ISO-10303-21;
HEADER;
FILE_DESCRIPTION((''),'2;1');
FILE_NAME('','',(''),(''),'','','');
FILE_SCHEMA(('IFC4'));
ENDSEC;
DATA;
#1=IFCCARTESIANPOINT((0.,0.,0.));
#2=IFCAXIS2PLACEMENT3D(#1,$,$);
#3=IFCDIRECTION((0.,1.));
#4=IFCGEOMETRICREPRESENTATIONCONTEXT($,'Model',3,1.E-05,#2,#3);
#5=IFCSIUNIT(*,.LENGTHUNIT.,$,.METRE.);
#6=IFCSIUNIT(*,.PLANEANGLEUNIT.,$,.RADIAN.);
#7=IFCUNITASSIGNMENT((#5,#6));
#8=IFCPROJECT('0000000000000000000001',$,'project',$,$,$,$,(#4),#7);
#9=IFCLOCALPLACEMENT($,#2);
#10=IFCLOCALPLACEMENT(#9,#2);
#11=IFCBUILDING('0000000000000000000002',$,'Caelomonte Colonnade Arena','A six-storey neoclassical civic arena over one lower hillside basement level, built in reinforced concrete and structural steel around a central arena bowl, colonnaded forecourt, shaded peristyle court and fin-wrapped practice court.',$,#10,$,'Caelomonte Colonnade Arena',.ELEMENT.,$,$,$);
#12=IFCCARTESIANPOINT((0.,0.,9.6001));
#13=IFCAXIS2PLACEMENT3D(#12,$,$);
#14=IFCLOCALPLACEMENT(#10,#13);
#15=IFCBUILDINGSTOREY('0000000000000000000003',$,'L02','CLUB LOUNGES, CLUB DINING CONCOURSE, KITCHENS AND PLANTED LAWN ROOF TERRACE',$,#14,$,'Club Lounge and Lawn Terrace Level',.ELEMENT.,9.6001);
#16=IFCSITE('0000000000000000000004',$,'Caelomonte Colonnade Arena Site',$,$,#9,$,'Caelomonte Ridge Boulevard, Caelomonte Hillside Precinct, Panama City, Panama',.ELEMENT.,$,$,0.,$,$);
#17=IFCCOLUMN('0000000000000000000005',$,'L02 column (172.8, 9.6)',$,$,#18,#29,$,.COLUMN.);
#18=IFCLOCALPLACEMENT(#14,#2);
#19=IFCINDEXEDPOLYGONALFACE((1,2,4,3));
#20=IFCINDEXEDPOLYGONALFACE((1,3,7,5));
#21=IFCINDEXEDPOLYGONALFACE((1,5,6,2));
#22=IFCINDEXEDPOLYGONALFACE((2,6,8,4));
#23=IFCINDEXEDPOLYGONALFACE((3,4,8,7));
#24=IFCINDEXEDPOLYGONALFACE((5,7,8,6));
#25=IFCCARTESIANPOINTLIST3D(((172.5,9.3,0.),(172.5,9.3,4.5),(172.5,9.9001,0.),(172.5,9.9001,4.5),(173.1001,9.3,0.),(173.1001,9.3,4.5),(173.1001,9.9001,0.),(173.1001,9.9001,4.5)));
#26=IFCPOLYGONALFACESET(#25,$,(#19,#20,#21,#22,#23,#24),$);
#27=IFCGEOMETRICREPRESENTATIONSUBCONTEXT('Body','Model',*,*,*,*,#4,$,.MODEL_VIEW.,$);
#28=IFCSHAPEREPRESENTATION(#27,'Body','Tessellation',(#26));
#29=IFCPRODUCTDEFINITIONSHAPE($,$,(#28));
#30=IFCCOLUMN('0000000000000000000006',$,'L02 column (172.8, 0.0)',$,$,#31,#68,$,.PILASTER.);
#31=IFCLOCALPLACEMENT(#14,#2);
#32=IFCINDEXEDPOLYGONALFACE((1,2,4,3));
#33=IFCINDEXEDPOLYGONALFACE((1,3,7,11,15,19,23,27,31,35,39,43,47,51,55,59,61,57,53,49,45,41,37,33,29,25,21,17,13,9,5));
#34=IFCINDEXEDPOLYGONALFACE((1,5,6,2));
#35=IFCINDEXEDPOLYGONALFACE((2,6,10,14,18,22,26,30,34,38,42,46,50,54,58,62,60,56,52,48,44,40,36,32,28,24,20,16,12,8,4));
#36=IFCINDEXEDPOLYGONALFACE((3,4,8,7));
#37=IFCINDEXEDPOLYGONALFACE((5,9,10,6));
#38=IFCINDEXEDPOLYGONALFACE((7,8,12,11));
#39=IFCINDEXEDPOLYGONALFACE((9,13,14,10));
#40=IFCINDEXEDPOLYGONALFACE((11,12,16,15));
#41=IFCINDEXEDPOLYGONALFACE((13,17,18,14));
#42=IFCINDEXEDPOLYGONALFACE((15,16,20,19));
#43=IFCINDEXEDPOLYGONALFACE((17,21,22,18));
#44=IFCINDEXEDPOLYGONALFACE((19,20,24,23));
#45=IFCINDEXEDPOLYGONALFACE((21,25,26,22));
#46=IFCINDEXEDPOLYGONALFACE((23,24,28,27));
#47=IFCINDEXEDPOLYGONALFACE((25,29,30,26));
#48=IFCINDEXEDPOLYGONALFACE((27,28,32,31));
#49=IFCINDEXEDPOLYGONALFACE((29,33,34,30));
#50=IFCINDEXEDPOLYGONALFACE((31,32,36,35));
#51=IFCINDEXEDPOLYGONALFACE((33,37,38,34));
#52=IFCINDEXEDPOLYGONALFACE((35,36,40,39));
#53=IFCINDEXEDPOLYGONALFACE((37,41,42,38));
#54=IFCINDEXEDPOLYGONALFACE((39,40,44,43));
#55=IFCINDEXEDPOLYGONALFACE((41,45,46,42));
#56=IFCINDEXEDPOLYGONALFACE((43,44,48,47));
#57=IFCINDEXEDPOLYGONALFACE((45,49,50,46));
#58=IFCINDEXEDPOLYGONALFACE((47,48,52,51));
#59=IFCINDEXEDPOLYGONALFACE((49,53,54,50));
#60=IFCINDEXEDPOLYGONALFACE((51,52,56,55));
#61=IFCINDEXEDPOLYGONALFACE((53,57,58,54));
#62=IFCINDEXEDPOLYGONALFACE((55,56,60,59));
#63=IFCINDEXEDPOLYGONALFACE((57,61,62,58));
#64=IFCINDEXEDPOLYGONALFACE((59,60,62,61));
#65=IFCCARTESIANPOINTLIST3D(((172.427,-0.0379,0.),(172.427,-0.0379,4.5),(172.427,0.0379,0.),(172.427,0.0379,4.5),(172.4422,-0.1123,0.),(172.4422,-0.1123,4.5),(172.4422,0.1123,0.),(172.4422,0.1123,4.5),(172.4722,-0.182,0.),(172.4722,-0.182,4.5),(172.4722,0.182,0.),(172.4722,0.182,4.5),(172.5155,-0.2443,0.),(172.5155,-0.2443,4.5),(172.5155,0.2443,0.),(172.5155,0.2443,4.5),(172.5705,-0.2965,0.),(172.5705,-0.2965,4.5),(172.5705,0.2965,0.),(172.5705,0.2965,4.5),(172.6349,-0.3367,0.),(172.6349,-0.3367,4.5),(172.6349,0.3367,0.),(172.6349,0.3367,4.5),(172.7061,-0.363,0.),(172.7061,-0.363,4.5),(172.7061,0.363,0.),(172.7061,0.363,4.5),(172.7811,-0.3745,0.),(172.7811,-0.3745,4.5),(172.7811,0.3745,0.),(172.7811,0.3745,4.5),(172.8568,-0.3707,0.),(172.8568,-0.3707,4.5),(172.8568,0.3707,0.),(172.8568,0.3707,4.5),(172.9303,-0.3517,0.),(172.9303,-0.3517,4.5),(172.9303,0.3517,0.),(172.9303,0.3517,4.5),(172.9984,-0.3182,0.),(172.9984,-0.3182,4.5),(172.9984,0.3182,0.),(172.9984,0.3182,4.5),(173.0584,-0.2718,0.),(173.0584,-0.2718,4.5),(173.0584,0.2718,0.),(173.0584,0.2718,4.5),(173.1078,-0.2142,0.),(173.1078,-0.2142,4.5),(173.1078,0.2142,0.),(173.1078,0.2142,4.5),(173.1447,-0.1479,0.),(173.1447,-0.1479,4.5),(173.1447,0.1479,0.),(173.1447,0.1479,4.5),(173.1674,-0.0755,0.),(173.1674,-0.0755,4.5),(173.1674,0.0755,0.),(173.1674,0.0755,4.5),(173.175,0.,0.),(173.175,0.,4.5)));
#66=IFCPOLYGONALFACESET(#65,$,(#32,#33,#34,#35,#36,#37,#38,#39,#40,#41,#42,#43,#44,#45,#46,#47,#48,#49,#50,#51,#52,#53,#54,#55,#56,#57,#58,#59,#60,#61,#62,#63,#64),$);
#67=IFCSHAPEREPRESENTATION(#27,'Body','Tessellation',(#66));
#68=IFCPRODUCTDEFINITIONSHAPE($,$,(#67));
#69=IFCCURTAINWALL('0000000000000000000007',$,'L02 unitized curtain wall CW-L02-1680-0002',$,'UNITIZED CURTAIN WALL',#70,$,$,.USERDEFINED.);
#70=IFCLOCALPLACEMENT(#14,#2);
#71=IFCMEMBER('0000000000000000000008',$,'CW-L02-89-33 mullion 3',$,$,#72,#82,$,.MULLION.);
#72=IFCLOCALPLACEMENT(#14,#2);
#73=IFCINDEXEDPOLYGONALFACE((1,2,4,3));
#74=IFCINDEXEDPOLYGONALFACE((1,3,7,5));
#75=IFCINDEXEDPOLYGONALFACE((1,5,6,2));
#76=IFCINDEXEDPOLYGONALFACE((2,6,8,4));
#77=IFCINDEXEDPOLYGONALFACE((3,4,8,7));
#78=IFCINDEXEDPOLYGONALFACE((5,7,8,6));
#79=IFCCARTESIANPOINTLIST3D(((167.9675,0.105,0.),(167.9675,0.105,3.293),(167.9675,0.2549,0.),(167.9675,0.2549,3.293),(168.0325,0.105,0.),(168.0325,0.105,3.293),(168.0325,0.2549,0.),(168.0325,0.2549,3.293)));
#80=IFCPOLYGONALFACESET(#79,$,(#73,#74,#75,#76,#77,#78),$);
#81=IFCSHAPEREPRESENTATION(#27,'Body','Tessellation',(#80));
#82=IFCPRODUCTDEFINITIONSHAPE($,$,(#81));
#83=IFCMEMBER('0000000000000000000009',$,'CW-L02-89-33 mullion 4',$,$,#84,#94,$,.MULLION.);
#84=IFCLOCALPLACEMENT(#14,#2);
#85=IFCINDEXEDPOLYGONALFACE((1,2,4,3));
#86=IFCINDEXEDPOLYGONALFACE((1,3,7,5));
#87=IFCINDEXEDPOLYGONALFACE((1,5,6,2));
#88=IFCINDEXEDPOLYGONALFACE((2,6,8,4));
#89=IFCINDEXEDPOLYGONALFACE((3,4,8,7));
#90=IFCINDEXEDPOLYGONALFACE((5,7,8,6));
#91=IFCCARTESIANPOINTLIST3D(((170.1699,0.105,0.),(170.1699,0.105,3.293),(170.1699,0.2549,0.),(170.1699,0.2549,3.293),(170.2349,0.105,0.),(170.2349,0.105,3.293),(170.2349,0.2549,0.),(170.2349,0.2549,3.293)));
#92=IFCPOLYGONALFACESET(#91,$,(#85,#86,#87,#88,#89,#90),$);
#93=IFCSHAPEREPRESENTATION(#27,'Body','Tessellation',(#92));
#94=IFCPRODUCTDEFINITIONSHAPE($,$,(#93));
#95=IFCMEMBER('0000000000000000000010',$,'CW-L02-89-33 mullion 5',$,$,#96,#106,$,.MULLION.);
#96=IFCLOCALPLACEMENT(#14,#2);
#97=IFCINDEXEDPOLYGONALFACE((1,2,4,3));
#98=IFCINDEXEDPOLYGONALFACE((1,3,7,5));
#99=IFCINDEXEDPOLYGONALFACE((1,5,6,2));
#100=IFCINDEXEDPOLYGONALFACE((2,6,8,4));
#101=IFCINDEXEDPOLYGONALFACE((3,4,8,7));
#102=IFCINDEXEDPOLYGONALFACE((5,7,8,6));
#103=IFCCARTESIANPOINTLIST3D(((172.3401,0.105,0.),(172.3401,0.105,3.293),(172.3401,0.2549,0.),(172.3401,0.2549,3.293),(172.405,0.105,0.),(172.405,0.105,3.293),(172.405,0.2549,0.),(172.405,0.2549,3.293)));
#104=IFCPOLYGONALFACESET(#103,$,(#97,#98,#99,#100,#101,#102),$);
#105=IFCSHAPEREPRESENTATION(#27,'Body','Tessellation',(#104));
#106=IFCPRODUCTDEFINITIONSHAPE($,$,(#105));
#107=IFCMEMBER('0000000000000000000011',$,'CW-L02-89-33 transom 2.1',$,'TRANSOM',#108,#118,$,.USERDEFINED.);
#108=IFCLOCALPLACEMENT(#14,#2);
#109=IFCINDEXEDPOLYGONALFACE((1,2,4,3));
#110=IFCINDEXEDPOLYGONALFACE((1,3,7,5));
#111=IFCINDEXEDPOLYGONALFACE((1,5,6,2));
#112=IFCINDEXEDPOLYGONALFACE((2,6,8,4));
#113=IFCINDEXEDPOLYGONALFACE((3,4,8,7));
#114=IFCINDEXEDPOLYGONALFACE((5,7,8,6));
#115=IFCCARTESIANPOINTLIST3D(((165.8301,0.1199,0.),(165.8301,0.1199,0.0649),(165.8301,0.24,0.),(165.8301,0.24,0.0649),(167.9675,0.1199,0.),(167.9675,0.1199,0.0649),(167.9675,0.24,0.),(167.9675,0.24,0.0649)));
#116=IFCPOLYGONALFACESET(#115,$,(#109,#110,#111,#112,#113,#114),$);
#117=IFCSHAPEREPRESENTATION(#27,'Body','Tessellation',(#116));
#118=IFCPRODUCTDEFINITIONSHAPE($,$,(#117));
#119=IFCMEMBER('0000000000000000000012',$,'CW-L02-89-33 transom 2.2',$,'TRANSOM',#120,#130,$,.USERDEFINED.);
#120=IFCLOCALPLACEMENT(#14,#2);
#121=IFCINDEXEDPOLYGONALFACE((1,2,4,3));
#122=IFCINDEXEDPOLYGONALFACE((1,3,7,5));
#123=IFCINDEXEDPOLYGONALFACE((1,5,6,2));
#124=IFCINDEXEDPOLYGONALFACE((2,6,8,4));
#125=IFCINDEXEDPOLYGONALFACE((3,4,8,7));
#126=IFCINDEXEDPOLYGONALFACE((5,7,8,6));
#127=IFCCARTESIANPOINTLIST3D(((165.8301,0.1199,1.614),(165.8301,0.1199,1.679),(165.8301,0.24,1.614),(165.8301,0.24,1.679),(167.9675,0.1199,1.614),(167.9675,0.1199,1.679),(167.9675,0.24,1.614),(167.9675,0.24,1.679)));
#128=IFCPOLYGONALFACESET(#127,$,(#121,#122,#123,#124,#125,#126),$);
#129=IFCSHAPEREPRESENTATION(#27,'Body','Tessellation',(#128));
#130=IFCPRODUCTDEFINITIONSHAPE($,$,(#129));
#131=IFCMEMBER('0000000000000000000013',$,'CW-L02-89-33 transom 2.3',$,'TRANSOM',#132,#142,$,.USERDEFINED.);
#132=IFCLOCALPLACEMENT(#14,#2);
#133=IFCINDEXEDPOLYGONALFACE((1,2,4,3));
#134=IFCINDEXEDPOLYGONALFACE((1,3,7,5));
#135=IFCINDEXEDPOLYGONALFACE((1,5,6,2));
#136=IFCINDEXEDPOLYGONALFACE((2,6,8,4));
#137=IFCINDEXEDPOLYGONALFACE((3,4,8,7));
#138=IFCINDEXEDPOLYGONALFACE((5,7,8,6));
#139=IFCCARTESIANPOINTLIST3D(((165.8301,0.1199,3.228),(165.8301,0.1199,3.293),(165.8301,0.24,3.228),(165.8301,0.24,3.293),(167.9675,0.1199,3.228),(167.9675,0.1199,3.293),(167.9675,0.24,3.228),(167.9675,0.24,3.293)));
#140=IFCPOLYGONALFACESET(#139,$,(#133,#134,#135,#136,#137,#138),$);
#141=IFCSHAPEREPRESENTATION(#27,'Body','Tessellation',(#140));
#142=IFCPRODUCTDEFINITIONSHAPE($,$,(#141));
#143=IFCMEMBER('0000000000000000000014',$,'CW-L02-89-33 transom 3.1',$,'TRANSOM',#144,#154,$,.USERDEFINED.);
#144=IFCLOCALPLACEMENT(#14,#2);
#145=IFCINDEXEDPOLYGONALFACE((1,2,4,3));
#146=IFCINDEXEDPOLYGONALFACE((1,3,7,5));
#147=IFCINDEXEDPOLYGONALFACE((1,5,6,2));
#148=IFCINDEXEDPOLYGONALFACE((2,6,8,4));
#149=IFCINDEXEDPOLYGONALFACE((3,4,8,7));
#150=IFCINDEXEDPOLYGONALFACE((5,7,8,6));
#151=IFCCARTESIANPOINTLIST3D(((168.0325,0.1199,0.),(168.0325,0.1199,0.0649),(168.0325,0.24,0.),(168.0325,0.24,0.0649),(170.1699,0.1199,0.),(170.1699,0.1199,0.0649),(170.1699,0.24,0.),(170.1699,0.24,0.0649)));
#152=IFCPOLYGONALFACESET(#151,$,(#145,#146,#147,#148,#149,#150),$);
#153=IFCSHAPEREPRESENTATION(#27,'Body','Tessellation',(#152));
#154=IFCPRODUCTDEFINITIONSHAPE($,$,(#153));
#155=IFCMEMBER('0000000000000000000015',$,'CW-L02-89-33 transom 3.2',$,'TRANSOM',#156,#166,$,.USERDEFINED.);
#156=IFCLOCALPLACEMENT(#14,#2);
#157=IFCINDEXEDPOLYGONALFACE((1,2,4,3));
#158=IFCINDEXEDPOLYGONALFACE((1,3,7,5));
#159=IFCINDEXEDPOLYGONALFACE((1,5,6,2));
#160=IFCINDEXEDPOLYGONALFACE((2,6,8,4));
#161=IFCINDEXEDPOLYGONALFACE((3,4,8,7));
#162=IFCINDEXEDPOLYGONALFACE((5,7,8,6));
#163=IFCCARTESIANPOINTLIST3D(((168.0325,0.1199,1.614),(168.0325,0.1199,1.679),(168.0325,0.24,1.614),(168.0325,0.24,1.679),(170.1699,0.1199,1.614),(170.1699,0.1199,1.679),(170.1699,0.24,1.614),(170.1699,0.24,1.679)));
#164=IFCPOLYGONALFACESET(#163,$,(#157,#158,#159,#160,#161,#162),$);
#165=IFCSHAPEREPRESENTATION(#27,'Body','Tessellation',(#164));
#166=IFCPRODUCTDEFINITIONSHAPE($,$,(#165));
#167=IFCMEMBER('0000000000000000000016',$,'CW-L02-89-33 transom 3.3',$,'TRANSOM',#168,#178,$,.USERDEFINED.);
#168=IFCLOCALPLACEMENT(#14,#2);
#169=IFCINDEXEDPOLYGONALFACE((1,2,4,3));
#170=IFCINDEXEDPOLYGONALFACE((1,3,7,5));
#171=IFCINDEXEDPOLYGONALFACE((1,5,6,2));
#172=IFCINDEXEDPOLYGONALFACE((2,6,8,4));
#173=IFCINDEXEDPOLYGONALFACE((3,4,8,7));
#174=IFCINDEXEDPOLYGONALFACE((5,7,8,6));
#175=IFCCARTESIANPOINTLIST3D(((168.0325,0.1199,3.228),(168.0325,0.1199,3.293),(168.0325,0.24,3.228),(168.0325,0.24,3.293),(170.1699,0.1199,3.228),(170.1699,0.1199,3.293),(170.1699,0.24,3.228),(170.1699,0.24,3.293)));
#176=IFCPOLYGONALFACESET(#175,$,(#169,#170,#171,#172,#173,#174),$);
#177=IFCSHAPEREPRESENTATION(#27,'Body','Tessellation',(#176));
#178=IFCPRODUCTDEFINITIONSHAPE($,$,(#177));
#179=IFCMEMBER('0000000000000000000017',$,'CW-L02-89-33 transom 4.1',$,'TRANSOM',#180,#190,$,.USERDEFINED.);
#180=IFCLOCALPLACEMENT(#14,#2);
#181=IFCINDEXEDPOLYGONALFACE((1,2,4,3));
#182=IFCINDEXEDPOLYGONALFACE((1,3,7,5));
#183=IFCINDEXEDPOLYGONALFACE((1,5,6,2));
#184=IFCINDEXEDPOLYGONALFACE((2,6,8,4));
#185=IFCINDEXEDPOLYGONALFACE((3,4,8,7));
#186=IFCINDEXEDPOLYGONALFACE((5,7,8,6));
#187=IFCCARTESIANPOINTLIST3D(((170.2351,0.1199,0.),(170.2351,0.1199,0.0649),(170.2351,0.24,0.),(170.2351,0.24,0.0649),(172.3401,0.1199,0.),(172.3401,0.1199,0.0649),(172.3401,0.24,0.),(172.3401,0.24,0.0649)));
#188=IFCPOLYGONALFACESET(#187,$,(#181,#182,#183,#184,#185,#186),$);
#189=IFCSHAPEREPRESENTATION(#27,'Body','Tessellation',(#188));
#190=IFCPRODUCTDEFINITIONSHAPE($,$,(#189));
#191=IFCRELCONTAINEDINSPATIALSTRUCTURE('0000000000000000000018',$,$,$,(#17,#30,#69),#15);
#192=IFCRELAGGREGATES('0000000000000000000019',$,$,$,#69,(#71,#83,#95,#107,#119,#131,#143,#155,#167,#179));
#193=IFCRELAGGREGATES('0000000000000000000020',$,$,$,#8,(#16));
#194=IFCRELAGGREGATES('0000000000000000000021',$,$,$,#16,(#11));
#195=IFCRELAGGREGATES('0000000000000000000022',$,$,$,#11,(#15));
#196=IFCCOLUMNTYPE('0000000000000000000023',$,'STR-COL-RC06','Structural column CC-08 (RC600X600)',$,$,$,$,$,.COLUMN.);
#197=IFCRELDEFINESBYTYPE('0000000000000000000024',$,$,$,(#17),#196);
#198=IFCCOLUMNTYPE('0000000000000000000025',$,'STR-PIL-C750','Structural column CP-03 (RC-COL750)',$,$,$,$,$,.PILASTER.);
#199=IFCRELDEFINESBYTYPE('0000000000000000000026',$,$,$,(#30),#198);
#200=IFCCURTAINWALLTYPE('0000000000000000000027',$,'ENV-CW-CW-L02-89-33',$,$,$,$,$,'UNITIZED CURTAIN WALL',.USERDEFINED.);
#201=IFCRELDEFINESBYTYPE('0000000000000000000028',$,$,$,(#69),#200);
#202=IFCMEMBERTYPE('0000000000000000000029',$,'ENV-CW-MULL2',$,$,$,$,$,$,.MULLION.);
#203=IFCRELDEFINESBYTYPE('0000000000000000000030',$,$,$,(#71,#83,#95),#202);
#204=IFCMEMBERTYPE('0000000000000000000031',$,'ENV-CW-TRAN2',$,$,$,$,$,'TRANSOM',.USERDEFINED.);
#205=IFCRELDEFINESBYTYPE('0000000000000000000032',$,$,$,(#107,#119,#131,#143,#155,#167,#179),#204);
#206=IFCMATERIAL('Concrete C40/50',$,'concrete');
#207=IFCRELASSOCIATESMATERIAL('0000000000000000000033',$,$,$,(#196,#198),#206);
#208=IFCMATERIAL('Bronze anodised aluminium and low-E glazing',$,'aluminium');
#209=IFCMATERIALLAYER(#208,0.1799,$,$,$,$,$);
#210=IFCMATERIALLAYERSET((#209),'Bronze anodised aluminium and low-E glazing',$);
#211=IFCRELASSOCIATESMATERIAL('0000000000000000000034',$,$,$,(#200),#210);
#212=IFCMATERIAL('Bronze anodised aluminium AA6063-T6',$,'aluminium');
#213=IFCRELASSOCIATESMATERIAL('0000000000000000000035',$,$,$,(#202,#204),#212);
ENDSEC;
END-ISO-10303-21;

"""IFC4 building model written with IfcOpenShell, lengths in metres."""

from ifc_helpers import new_model, si_unit, direction, frame, origin, origin_2d, place, context, subcontext, project, spatial, rectangle, circle, extrude, material, layer, layer_set, material_profile, profile_set, type_object, element, aggregate, save


model = new_model("IFC4")

# Units and contexts
model_context = context("Model", 3, precision=1e-05, world=origin(), true_north=direction((0.0, 1.0)))
body_context = subcontext(model_context, "Body", "Model", "MODEL_VIEW")
ifc_project = project(units=[si_unit("LENGTHUNIT", "METRE"), si_unit("PLANEANGLEUNIT", "RADIAN")], contexts=[model_context])

# Site, building, storey
site_placement = place(None, origin())
site = spatial("IfcSite", under=ifc_project, at=site_placement, Name="Caelomonte Colonnade Arena Site", LongName="Caelomonte Ridge Boulevard, Caelomonte Hillside Precinct, Panama City, Panama", CompositionType="ELEMENT", RefElevation=0.0)
building_placement = place(site_placement, origin())
building = spatial("IfcBuilding", under=site, at=building_placement, Name="Caelomonte Colonnade Arena", Description="A six-storey neoclassical civic arena over one lower hillside basement level, built in reinforced concrete and structural steel around a central arena bowl, colonnaded forecourt, shaded peristyle court and fin-wrapped practice court.", LongName="Caelomonte Colonnade Arena", CompositionType="ELEMENT")
storey_placement = place(building_placement, frame((0.0, 0.0, 9.6001)))
storey = spatial("IfcBuildingStorey", under=building, at=storey_placement, Name="L02", Description="CLUB LOUNGES, CLUB DINING CONCOURSE, KITCHENS AND PLANTED LAWN ROOF TERRACE", LongName="Club Lounge and Lawn Terrace Level", CompositionType="ELEMENT", Elevation=9.6001)

# Columns
ifc_material_1 = material(Name="Concrete C40/50", Category="concrete")
ifc_material_profile_1 = material_profile(ifc_material_1, rectangle(XDim=0.6001, YDim=0.6001, at=origin_2d()), Name="RC600X600")
ifc_profile_set_1 = profile_set([ifc_material_profile_1], Name="Concrete C40/50")
column_type_1 = type_object("IfcColumnType", Name="STR-COL-RC06", Description="Structural column CC-08 (RC600X600)", PredefinedType="COLUMN", material=ifc_profile_set_1)
column_1_placement = place(storey_placement, frame((172.8, 9.6001, 0.0), z_axis=(0.0, 0.0, 1.0), x_axis=(1.0, 0.0, 0.0)))
element("IfcColumn", 1, at=column_1_placement, inside=storey, type_object=column_type_1, Name="L02 column (172.8, 9.6)", PredefinedType="COLUMN", context=body_context, shape_type="SweptSolid", body=[
    extrude(rectangle(XDim=0.6001, YDim=0.6001, at=origin_2d()), origin(), (0.0, 0.0, 1.0), 4.5),
])
ifc_material_profile_2 = material_profile(ifc_material_1, circle(Radius=0.375, at=origin_2d()), Name="RC-COL750")
ifc_profile_set_2 = profile_set([ifc_material_profile_2], Name="Concrete C40/50")
column_type_2 = type_object("IfcColumnType", Name="STR-PIL-C750", Description="Structural column CP-03 (RC-COL750)", PredefinedType="PILASTER", material=ifc_profile_set_2)
column_2_placement = place(storey_placement, frame((172.8, 0.0, 0.0), z_axis=(0.0, 0.0, 1.0), x_axis=(1.0, 0.0, 0.0)))
element("IfcColumn", 2, at=column_2_placement, inside=storey, type_object=column_type_2, Name="L02 column (172.8, 0.0)", PredefinedType="PILASTER", context=body_context, shape_type="SweptSolid", body=[
    extrude(circle(Radius=0.375, at=origin_2d()), origin(), (0.0, 0.0, 1.0), 4.5),
])

# Curtain wall, members
ifc_material_2 = material(Name="Bronze anodised aluminium and low-E glazing", Category="aluminium")
ifc_layer_1 = layer(ifc_material_2, 0.1799)
ifc_layer_set_1 = layer_set([ifc_layer_1], Name="Bronze anodised aluminium and low-E glazing")
curtain_wall_type = type_object("IfcCurtainWallType", Name="ENV-CW-CW-L02-89-33", ElementType="UNITIZED CURTAIN WALL", PredefinedType="USERDEFINED", material=ifc_layer_set_1)
curtain_wall_placement = place(storey_placement, origin())
curtain_wall = element("IfcCurtainWall", 3, at=curtain_wall_placement, inside=storey, type_object=curtain_wall_type, Name="L02 unitized curtain wall CW-L02-1680-0002", ObjectType="UNITIZED CURTAIN WALL", PredefinedType="USERDEFINED")
ifc_material_3 = material(Name="Bronze anodised aluminium AA6063-T6", Category="aluminium")
ifc_material_profile_3 = material_profile(ifc_material_3, rectangle(XDim=0.0649, YDim=0.1499, at=origin_2d()), Name="CWM-65X150")
ifc_profile_set_3 = profile_set([ifc_material_profile_3], Name="Bronze anodised aluminium AA6063-T6")
member_type_1 = type_object("IfcMemberType", Name="ENV-CW-MULL2", PredefinedType="MULLION", material=ifc_profile_set_3)
member_1_placement = place(storey_placement, frame((168.0, 0.1799, 0.0), z_axis=(0.0, 0.0, 1.0), x_axis=(1.0, 0.0, 0.0)))
member_1 = element("IfcMember", 4, at=member_1_placement, type_object=member_type_1, Name="CW-L02-89-33 mullion 3", PredefinedType="MULLION", context=body_context, shape_type="SweptSolid", body=[
    extrude(rectangle(XDim=0.0649, YDim=0.1499, at=origin_2d()), origin(), (0.0, 0.0, 1.0), 3.293),
])
member_2_placement = place(storey_placement, frame((170.2024, 0.1799, 0.0), z_axis=(0.0, 0.0, 1.0), x_axis=(1.0, 0.0, 0.0)))
member_2 = element("IfcMember", 5, at=member_2_placement, type_object=member_type_1, Name="CW-L02-89-33 mullion 4", PredefinedType="MULLION", context=body_context, shape_type="SweptSolid", body=[
    extrude(rectangle(XDim=0.0649, YDim=0.1499, at=origin_2d()), origin(), (0.0, 0.0, 1.0), 3.293),
])
member_3_placement = place(storey_placement, frame((172.3726, 0.1799, 0.0), z_axis=(0.0, 0.0, 1.0), x_axis=(1.0, 0.0, 0.0)))
member_3 = element("IfcMember", 6, at=member_3_placement, type_object=member_type_1, Name="CW-L02-89-33 mullion 5", PredefinedType="MULLION", context=body_context, shape_type="SweptSolid", body=[
    extrude(rectangle(XDim=0.0649, YDim=0.1499, at=origin_2d()), origin(), (0.0, 0.0, 1.0), 3.293),
])
ifc_material_profile_4 = material_profile(ifc_material_3, rectangle(XDim=0.0649, YDim=0.1201, at=origin_2d()), Name="CWT-65X120")
ifc_profile_set_4 = profile_set([ifc_material_profile_4], Name="Bronze anodised aluminium AA6063-T6")
member_type_2 = type_object("IfcMemberType", Name="ENV-CW-TRAN2", ElementType="TRANSOM", PredefinedType="USERDEFINED", material=ifc_profile_set_4)
member_4_placement = place(storey_placement, frame((165.8301, 0.1799, 0.0325), z_axis=(1.0, 0.0, 0.0), x_axis=(0.0, 0.0, 1.0)))
member_4 = element("IfcMember", 7, at=member_4_placement, type_object=member_type_2, Name="CW-L02-89-33 transom 2.1", ObjectType="TRANSOM", PredefinedType="USERDEFINED", context=body_context, shape_type="SweptSolid", body=[
    extrude(rectangle(XDim=0.0649, YDim=0.1201, at=origin_2d()), origin(), (0.0, 0.0, 1.0), 2.1375),
])
member_5_placement = place(storey_placement, frame((165.8301, 0.1799, 1.6465), z_axis=(1.0, 0.0, 0.0), x_axis=(0.0, 0.0, 1.0)))
member_5 = element("IfcMember", 8, at=member_5_placement, type_object=member_type_2, Name="CW-L02-89-33 transom 2.2", ObjectType="TRANSOM", PredefinedType="USERDEFINED", context=body_context, shape_type="SweptSolid", body=[
    extrude(rectangle(XDim=0.0649, YDim=0.1201, at=origin_2d()), origin(), (0.0, 0.0, 1.0), 2.1375),
])
member_6_placement = place(storey_placement, frame((165.8301, 0.1799, 3.2605), z_axis=(1.0, 0.0, 0.0), x_axis=(0.0, 0.0, 1.0)))
member_6 = element("IfcMember", 9, at=member_6_placement, type_object=member_type_2, Name="CW-L02-89-33 transom 2.3", ObjectType="TRANSOM", PredefinedType="USERDEFINED", context=body_context, shape_type="SweptSolid", body=[
    extrude(rectangle(XDim=0.0649, YDim=0.1201, at=origin_2d()), origin(), (0.0, 0.0, 1.0), 2.1375),
])
member_7_placement = place(storey_placement, frame((168.0325, 0.1799, 0.0325), z_axis=(1.0, 0.0, 0.0), x_axis=(0.0, 0.0, 1.0)))
member_7 = element("IfcMember", 10, at=member_7_placement, type_object=member_type_2, Name="CW-L02-89-33 transom 3.1", ObjectType="TRANSOM", PredefinedType="USERDEFINED", context=body_context, shape_type="SweptSolid", body=[
    extrude(rectangle(XDim=0.0649, YDim=0.1201, at=origin_2d()), origin(), (0.0, 0.0, 1.0), 2.1375),
])
member_8_placement = place(storey_placement, frame((168.0325, 0.1799, 1.6465), z_axis=(1.0, 0.0, 0.0), x_axis=(0.0, 0.0, 1.0)))
member_8 = element("IfcMember", 11, at=member_8_placement, type_object=member_type_2, Name="CW-L02-89-33 transom 3.2", ObjectType="TRANSOM", PredefinedType="USERDEFINED", context=body_context, shape_type="SweptSolid", body=[
    extrude(rectangle(XDim=0.0649, YDim=0.1201, at=origin_2d()), origin(), (0.0, 0.0, 1.0), 2.1375),
])
member_9_placement = place(storey_placement, frame((168.0325, 0.1799, 3.2605), z_axis=(1.0, 0.0, 0.0), x_axis=(0.0, 0.0, 1.0)))
member_9 = element("IfcMember", 12, at=member_9_placement, type_object=member_type_2, Name="CW-L02-89-33 transom 3.3", ObjectType="TRANSOM", PredefinedType="USERDEFINED", context=body_context, shape_type="SweptSolid", body=[
    extrude(rectangle(XDim=0.0649, YDim=0.1201, at=origin_2d()), origin(), (0.0, 0.0, 1.0), 2.1375),
])
member_10_placement = place(storey_placement, frame((170.2351, 0.1799, 0.0325), z_axis=(1.0, 0.0, 0.0), x_axis=(0.0, 0.0, 1.0)))
member_10 = element("IfcMember", 13, at=member_10_placement, type_object=member_type_2, Name="CW-L02-89-33 transom 4.1", ObjectType="TRANSOM", PredefinedType="USERDEFINED", context=body_context, shape_type="SweptSolid", body=[
    extrude(rectangle(XDim=0.0649, YDim=0.1201, at=origin_2d()), origin(), (0.0, 0.0, 1.0), 2.105),
])

aggregate(curtain_wall, [member_1, member_2, member_3, member_4, member_5, member_6, member_7, member_8, member_9, member_10])

save(model, "model.ifc")
